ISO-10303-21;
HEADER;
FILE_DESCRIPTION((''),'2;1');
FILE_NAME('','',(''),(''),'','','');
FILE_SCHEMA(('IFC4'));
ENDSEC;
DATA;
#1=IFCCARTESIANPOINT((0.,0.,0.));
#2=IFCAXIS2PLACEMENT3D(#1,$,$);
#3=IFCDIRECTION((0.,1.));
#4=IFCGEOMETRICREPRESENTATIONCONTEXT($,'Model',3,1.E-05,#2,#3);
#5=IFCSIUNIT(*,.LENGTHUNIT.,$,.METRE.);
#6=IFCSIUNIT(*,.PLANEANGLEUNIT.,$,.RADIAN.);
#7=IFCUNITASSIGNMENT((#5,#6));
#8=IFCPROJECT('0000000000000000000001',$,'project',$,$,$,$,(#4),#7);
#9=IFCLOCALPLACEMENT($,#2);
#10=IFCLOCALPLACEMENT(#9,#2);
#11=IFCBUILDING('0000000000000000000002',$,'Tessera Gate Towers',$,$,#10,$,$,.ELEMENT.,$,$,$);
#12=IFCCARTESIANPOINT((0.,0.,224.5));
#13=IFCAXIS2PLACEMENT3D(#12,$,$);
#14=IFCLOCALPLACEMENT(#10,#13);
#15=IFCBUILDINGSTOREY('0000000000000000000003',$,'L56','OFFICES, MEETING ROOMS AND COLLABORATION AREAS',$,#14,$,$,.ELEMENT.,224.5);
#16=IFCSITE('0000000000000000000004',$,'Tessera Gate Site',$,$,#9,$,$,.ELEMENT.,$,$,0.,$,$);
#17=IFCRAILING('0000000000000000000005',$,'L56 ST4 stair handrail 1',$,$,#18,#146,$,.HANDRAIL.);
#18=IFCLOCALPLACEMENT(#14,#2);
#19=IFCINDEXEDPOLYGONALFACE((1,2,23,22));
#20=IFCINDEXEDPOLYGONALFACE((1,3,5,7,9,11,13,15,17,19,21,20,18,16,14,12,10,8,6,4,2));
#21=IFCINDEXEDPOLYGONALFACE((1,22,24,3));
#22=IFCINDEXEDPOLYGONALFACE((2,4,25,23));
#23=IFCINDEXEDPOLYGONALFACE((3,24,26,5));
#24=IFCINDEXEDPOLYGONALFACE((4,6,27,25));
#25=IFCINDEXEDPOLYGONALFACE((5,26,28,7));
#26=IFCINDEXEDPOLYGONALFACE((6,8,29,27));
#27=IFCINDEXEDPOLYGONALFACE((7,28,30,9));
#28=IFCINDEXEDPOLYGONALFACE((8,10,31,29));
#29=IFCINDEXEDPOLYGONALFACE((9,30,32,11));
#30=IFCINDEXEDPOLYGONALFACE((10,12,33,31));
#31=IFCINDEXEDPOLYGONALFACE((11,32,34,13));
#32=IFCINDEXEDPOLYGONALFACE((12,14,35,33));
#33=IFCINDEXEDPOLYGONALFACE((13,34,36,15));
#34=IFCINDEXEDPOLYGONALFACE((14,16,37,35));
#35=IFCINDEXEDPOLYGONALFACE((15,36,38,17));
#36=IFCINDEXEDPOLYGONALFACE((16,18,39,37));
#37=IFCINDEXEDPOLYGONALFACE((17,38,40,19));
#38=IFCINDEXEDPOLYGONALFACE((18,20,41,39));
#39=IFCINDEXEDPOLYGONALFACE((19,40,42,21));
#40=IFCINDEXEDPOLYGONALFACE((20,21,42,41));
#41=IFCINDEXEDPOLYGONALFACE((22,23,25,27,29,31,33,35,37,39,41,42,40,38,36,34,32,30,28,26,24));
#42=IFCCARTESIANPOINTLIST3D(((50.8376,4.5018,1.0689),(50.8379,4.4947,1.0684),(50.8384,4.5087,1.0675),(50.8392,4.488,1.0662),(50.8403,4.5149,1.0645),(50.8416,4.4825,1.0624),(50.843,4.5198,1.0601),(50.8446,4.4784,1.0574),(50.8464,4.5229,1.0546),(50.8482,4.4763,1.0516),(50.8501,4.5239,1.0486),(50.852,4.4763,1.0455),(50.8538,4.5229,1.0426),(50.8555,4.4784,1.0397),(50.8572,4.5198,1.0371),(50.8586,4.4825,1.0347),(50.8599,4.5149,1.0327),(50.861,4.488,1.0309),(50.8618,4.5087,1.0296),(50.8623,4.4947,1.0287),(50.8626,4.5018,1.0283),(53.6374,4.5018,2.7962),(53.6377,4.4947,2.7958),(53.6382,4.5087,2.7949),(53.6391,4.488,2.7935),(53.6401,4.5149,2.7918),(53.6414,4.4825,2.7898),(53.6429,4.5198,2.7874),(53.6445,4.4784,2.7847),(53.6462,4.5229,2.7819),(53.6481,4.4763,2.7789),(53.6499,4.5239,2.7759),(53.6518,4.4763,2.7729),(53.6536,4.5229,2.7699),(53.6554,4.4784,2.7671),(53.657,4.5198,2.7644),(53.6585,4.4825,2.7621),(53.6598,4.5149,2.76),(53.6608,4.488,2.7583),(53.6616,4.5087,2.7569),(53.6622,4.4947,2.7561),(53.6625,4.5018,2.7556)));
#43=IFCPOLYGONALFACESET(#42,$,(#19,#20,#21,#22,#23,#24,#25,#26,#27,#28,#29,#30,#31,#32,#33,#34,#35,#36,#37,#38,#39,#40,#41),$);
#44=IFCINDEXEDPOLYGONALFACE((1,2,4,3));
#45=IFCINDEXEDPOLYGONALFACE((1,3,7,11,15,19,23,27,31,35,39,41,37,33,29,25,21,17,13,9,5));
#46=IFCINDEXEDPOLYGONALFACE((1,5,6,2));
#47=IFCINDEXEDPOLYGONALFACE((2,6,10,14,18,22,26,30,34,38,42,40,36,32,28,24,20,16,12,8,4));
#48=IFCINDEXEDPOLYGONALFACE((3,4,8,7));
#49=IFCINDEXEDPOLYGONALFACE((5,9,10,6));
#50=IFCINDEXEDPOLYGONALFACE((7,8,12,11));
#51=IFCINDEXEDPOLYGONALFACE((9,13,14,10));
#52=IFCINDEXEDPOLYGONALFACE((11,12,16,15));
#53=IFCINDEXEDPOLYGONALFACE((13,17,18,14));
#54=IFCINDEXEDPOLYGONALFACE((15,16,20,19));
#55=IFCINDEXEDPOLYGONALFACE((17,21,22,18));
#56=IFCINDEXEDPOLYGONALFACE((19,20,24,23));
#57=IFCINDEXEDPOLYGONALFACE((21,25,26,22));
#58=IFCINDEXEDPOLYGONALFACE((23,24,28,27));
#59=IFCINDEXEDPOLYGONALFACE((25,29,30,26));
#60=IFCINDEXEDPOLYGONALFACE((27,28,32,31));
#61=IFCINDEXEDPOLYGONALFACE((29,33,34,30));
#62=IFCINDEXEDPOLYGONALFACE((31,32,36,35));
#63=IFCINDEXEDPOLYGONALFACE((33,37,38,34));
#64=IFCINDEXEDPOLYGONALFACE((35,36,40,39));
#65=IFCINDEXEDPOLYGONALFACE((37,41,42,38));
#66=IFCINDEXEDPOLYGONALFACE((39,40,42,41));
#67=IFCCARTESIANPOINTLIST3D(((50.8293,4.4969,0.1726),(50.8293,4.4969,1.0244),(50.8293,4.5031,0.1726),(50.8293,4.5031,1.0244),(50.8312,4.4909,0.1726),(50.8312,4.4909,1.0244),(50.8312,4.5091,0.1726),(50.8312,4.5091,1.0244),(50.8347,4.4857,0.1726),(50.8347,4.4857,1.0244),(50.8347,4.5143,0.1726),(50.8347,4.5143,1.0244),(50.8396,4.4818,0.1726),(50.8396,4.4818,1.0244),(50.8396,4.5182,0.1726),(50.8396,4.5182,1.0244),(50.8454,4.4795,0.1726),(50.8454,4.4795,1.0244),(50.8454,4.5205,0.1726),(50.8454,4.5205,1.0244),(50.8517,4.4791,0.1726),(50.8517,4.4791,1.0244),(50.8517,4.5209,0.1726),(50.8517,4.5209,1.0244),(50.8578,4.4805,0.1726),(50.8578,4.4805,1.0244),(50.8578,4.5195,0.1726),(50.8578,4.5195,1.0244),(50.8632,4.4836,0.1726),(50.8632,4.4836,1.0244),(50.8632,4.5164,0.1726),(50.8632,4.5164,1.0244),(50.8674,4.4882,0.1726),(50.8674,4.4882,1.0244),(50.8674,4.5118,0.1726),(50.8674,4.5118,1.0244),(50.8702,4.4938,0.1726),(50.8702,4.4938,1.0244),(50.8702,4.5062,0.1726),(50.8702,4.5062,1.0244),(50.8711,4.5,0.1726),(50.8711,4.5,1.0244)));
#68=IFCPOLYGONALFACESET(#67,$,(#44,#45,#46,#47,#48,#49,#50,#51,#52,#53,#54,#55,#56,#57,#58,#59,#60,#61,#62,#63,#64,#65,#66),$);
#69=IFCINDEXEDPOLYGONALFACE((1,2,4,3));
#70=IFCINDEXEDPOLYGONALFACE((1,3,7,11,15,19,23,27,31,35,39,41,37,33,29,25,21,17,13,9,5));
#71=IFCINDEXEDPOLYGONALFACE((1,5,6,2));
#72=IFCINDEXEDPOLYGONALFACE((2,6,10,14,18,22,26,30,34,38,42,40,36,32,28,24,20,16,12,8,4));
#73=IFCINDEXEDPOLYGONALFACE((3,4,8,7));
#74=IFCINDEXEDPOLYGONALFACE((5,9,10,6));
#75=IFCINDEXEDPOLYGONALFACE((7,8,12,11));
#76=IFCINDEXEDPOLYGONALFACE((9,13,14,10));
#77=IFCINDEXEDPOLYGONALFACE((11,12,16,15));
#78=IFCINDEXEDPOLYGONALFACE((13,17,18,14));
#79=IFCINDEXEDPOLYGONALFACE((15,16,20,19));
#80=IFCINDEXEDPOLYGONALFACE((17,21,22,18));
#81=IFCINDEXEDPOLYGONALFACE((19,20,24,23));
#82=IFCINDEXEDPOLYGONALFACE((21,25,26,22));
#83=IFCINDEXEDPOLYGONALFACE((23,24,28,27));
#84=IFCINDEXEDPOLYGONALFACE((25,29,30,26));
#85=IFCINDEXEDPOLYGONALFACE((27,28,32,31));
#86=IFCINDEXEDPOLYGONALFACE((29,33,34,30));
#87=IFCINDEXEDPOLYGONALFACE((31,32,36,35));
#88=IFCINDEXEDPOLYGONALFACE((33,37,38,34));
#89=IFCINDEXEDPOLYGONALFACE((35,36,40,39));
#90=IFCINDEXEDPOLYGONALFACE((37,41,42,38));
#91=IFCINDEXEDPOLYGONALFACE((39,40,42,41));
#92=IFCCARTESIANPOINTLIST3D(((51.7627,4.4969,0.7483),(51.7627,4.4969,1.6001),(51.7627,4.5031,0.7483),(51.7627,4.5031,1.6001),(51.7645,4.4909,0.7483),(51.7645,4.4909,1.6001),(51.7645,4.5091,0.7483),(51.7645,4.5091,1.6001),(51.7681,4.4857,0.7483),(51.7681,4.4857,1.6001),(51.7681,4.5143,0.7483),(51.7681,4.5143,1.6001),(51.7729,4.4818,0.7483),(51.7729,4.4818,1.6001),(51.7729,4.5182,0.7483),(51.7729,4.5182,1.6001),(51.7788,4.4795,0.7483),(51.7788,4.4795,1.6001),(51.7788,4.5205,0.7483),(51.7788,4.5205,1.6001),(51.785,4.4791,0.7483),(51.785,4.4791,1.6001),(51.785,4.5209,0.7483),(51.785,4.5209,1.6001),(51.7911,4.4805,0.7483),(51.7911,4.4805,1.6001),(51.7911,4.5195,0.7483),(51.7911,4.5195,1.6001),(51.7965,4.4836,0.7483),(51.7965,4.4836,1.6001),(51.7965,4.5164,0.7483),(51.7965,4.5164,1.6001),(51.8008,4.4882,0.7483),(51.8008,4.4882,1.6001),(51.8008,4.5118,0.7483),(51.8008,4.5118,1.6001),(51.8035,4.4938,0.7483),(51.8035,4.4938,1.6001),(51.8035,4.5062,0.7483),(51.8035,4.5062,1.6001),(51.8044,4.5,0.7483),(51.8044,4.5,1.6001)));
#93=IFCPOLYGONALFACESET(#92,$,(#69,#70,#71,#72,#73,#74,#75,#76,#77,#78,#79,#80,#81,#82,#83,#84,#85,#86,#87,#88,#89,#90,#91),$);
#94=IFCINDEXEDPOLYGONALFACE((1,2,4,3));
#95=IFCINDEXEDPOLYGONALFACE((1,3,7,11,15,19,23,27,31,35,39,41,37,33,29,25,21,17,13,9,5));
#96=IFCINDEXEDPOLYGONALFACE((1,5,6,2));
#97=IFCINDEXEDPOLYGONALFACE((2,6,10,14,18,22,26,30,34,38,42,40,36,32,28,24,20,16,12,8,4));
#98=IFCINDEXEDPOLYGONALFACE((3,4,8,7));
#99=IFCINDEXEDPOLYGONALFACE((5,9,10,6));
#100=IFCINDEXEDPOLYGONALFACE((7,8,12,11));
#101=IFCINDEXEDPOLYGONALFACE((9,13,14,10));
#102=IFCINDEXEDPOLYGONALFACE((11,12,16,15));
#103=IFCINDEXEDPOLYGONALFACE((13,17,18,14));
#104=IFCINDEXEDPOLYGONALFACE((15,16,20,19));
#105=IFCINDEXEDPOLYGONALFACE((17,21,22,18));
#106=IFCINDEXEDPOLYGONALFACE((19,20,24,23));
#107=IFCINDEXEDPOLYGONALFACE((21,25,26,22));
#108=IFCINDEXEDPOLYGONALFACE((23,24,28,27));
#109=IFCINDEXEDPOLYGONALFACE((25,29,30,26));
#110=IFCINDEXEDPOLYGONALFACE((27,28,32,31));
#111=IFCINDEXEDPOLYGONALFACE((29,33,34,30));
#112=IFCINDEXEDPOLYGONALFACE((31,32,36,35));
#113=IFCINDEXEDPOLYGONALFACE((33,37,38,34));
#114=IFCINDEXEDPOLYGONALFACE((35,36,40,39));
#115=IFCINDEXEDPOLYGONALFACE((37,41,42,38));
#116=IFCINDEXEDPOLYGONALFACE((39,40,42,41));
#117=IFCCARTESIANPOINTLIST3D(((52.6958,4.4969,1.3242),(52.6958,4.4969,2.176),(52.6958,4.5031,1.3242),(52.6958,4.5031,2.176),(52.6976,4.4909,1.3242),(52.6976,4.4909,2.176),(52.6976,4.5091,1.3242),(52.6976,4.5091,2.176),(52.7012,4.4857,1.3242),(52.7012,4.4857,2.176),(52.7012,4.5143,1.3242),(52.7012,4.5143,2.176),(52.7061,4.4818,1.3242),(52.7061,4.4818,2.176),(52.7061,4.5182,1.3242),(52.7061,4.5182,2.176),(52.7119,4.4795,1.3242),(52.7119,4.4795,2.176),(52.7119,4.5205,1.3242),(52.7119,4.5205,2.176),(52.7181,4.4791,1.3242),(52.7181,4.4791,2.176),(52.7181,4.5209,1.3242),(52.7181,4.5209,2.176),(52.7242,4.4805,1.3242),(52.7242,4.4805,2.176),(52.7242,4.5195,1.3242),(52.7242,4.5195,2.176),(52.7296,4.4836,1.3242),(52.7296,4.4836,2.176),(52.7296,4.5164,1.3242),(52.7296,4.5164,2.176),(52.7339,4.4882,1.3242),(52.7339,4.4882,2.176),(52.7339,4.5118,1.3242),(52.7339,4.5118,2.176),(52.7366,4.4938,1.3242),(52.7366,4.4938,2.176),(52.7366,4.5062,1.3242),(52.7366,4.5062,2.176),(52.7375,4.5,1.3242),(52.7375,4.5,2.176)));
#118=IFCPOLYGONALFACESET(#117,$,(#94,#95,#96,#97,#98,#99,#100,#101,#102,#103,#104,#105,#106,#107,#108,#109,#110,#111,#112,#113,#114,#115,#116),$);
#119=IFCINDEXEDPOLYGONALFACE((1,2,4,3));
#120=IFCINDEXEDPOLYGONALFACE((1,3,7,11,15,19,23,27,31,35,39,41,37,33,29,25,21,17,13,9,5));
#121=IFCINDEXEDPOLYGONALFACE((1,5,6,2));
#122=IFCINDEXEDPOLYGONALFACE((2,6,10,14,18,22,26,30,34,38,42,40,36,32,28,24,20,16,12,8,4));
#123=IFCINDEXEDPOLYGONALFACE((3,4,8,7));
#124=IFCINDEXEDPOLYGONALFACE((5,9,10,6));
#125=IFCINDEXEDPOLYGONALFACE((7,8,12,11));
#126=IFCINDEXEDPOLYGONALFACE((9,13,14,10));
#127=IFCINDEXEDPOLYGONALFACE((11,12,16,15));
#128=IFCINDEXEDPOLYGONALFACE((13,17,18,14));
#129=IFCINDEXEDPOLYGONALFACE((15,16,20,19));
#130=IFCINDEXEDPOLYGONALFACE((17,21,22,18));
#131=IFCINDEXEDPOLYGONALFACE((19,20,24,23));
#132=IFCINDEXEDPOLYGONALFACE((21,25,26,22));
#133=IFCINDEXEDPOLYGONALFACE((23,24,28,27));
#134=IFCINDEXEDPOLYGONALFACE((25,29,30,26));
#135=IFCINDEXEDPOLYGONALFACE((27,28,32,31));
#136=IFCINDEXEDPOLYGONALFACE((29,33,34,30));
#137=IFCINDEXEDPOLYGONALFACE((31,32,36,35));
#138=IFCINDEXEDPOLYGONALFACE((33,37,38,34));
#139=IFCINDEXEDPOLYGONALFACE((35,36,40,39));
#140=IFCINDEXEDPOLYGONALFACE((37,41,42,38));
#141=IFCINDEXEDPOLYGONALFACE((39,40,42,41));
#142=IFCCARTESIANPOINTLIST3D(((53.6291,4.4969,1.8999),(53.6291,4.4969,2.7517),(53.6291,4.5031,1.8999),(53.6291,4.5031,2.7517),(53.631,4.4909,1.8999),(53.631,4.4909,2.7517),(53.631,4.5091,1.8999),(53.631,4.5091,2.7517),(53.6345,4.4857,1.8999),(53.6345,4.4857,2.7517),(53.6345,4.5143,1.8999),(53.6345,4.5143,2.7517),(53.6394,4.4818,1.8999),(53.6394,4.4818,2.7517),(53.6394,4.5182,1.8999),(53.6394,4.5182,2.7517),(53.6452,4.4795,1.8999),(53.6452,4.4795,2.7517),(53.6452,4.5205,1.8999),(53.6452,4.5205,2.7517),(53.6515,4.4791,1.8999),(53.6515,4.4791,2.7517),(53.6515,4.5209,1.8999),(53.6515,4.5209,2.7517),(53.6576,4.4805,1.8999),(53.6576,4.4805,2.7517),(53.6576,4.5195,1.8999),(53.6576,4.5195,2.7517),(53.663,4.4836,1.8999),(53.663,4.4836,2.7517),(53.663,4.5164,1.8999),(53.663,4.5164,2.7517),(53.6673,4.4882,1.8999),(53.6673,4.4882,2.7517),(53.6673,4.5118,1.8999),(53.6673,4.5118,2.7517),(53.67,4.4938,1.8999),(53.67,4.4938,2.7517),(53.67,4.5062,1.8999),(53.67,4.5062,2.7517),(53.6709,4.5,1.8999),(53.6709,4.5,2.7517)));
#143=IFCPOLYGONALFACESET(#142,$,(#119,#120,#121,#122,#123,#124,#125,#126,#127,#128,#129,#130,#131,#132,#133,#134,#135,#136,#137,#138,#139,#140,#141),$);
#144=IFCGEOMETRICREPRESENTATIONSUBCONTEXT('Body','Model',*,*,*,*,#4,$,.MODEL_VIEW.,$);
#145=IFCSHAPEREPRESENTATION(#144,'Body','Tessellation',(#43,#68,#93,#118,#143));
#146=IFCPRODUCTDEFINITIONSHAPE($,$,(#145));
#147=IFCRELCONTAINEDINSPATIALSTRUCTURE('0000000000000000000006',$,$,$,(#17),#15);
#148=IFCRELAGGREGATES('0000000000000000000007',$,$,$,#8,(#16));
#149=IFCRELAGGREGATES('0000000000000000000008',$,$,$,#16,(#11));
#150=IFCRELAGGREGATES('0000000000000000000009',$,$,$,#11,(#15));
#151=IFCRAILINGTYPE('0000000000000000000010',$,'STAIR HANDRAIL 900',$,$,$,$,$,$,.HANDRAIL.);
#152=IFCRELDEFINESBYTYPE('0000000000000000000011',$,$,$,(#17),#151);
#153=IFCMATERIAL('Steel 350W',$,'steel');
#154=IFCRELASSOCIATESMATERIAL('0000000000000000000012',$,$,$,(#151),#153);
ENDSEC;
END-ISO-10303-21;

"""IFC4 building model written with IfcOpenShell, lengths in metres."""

from ifc_helpers import new_model, si_unit, direction, frame, origin, origin_2d, place, context, subcontext, project, spatial, circle, extrude, material, type_object, element, save


model = new_model("IFC4")

# Units and contexts
model_context = context("Model", 3, precision=1e-05, world=origin(), true_north=direction((0.0, 1.0)))
body_context = subcontext(model_context, "Body", "Model", "MODEL_VIEW")
ifc_project = project(units=[si_unit("LENGTHUNIT", "METRE"), si_unit("PLANEANGLEUNIT", "RADIAN")], contexts=[model_context])

# Site, building, storey
site_placement = place(None, origin())
site = spatial("IfcSite", under=ifc_project, at=site_placement, Name="Tessera Gate Site", CompositionType="ELEMENT", RefElevation=0.0)
building_placement = place(site_placement, origin())
building = spatial("IfcBuilding", under=site, at=building_placement, Name="Tessera Gate Towers", CompositionType="ELEMENT")
storey_placement = place(building_placement, frame((0.0, 0.0, 224.5)))
storey = spatial("IfcBuildingStorey", under=building, at=storey_placement, Name="L56", Description="OFFICES, MEETING ROOMS AND COLLABORATION AREAS", CompositionType="ELEMENT", Elevation=224.5)

# Railing
ifc_material_1 = material(Name="Steel 350W", Category="steel")
railing_type_1 = type_object("IfcRailingType", Name="STAIR HANDRAIL 900", PredefinedType="HANDRAIL", material=ifc_material_1)
railing_1_placement = place(storey_placement, frame((50.8501, 4.5, 0.1726)))
element("IfcRailing", 1, at=railing_1_placement, inside=storey, type_object=railing_type_1, Name="L56 ST4 stair handrail 1", PredefinedType="HANDRAIL", context=body_context, shape_type="SweptSolid", body=[
    extrude(circle(Radius=0.0239, at=origin_2d()), frame((0.0, 0.0, 0.876), z_axis=(0.851069, 0.0, 0.525054), x_axis=(0.0, 1.0, 0.0)), (0.0, 0.0, 1.0), 3.2898),
    extrude(circle(Radius=0.021, at=origin_2d()), origin(), (0.0, 0.0, 1.0), 0.8518),
    extrude(circle(Radius=0.021, at=origin_2d()), frame((0.9333, 0.0, 0.5757)), (0.0, 0.0, 1.0), 0.8518),
    extrude(circle(Radius=0.021, at=origin_2d()), frame((1.8665, 0.0, 1.1516)), (0.0, 0.0, 1.0), 0.8518),
    extrude(circle(Radius=0.021, at=origin_2d()), frame((2.7998, 0.0, 1.7273)), (0.0, 0.0, 1.0), 0.8518),
])

save(model, "model.ifc")
